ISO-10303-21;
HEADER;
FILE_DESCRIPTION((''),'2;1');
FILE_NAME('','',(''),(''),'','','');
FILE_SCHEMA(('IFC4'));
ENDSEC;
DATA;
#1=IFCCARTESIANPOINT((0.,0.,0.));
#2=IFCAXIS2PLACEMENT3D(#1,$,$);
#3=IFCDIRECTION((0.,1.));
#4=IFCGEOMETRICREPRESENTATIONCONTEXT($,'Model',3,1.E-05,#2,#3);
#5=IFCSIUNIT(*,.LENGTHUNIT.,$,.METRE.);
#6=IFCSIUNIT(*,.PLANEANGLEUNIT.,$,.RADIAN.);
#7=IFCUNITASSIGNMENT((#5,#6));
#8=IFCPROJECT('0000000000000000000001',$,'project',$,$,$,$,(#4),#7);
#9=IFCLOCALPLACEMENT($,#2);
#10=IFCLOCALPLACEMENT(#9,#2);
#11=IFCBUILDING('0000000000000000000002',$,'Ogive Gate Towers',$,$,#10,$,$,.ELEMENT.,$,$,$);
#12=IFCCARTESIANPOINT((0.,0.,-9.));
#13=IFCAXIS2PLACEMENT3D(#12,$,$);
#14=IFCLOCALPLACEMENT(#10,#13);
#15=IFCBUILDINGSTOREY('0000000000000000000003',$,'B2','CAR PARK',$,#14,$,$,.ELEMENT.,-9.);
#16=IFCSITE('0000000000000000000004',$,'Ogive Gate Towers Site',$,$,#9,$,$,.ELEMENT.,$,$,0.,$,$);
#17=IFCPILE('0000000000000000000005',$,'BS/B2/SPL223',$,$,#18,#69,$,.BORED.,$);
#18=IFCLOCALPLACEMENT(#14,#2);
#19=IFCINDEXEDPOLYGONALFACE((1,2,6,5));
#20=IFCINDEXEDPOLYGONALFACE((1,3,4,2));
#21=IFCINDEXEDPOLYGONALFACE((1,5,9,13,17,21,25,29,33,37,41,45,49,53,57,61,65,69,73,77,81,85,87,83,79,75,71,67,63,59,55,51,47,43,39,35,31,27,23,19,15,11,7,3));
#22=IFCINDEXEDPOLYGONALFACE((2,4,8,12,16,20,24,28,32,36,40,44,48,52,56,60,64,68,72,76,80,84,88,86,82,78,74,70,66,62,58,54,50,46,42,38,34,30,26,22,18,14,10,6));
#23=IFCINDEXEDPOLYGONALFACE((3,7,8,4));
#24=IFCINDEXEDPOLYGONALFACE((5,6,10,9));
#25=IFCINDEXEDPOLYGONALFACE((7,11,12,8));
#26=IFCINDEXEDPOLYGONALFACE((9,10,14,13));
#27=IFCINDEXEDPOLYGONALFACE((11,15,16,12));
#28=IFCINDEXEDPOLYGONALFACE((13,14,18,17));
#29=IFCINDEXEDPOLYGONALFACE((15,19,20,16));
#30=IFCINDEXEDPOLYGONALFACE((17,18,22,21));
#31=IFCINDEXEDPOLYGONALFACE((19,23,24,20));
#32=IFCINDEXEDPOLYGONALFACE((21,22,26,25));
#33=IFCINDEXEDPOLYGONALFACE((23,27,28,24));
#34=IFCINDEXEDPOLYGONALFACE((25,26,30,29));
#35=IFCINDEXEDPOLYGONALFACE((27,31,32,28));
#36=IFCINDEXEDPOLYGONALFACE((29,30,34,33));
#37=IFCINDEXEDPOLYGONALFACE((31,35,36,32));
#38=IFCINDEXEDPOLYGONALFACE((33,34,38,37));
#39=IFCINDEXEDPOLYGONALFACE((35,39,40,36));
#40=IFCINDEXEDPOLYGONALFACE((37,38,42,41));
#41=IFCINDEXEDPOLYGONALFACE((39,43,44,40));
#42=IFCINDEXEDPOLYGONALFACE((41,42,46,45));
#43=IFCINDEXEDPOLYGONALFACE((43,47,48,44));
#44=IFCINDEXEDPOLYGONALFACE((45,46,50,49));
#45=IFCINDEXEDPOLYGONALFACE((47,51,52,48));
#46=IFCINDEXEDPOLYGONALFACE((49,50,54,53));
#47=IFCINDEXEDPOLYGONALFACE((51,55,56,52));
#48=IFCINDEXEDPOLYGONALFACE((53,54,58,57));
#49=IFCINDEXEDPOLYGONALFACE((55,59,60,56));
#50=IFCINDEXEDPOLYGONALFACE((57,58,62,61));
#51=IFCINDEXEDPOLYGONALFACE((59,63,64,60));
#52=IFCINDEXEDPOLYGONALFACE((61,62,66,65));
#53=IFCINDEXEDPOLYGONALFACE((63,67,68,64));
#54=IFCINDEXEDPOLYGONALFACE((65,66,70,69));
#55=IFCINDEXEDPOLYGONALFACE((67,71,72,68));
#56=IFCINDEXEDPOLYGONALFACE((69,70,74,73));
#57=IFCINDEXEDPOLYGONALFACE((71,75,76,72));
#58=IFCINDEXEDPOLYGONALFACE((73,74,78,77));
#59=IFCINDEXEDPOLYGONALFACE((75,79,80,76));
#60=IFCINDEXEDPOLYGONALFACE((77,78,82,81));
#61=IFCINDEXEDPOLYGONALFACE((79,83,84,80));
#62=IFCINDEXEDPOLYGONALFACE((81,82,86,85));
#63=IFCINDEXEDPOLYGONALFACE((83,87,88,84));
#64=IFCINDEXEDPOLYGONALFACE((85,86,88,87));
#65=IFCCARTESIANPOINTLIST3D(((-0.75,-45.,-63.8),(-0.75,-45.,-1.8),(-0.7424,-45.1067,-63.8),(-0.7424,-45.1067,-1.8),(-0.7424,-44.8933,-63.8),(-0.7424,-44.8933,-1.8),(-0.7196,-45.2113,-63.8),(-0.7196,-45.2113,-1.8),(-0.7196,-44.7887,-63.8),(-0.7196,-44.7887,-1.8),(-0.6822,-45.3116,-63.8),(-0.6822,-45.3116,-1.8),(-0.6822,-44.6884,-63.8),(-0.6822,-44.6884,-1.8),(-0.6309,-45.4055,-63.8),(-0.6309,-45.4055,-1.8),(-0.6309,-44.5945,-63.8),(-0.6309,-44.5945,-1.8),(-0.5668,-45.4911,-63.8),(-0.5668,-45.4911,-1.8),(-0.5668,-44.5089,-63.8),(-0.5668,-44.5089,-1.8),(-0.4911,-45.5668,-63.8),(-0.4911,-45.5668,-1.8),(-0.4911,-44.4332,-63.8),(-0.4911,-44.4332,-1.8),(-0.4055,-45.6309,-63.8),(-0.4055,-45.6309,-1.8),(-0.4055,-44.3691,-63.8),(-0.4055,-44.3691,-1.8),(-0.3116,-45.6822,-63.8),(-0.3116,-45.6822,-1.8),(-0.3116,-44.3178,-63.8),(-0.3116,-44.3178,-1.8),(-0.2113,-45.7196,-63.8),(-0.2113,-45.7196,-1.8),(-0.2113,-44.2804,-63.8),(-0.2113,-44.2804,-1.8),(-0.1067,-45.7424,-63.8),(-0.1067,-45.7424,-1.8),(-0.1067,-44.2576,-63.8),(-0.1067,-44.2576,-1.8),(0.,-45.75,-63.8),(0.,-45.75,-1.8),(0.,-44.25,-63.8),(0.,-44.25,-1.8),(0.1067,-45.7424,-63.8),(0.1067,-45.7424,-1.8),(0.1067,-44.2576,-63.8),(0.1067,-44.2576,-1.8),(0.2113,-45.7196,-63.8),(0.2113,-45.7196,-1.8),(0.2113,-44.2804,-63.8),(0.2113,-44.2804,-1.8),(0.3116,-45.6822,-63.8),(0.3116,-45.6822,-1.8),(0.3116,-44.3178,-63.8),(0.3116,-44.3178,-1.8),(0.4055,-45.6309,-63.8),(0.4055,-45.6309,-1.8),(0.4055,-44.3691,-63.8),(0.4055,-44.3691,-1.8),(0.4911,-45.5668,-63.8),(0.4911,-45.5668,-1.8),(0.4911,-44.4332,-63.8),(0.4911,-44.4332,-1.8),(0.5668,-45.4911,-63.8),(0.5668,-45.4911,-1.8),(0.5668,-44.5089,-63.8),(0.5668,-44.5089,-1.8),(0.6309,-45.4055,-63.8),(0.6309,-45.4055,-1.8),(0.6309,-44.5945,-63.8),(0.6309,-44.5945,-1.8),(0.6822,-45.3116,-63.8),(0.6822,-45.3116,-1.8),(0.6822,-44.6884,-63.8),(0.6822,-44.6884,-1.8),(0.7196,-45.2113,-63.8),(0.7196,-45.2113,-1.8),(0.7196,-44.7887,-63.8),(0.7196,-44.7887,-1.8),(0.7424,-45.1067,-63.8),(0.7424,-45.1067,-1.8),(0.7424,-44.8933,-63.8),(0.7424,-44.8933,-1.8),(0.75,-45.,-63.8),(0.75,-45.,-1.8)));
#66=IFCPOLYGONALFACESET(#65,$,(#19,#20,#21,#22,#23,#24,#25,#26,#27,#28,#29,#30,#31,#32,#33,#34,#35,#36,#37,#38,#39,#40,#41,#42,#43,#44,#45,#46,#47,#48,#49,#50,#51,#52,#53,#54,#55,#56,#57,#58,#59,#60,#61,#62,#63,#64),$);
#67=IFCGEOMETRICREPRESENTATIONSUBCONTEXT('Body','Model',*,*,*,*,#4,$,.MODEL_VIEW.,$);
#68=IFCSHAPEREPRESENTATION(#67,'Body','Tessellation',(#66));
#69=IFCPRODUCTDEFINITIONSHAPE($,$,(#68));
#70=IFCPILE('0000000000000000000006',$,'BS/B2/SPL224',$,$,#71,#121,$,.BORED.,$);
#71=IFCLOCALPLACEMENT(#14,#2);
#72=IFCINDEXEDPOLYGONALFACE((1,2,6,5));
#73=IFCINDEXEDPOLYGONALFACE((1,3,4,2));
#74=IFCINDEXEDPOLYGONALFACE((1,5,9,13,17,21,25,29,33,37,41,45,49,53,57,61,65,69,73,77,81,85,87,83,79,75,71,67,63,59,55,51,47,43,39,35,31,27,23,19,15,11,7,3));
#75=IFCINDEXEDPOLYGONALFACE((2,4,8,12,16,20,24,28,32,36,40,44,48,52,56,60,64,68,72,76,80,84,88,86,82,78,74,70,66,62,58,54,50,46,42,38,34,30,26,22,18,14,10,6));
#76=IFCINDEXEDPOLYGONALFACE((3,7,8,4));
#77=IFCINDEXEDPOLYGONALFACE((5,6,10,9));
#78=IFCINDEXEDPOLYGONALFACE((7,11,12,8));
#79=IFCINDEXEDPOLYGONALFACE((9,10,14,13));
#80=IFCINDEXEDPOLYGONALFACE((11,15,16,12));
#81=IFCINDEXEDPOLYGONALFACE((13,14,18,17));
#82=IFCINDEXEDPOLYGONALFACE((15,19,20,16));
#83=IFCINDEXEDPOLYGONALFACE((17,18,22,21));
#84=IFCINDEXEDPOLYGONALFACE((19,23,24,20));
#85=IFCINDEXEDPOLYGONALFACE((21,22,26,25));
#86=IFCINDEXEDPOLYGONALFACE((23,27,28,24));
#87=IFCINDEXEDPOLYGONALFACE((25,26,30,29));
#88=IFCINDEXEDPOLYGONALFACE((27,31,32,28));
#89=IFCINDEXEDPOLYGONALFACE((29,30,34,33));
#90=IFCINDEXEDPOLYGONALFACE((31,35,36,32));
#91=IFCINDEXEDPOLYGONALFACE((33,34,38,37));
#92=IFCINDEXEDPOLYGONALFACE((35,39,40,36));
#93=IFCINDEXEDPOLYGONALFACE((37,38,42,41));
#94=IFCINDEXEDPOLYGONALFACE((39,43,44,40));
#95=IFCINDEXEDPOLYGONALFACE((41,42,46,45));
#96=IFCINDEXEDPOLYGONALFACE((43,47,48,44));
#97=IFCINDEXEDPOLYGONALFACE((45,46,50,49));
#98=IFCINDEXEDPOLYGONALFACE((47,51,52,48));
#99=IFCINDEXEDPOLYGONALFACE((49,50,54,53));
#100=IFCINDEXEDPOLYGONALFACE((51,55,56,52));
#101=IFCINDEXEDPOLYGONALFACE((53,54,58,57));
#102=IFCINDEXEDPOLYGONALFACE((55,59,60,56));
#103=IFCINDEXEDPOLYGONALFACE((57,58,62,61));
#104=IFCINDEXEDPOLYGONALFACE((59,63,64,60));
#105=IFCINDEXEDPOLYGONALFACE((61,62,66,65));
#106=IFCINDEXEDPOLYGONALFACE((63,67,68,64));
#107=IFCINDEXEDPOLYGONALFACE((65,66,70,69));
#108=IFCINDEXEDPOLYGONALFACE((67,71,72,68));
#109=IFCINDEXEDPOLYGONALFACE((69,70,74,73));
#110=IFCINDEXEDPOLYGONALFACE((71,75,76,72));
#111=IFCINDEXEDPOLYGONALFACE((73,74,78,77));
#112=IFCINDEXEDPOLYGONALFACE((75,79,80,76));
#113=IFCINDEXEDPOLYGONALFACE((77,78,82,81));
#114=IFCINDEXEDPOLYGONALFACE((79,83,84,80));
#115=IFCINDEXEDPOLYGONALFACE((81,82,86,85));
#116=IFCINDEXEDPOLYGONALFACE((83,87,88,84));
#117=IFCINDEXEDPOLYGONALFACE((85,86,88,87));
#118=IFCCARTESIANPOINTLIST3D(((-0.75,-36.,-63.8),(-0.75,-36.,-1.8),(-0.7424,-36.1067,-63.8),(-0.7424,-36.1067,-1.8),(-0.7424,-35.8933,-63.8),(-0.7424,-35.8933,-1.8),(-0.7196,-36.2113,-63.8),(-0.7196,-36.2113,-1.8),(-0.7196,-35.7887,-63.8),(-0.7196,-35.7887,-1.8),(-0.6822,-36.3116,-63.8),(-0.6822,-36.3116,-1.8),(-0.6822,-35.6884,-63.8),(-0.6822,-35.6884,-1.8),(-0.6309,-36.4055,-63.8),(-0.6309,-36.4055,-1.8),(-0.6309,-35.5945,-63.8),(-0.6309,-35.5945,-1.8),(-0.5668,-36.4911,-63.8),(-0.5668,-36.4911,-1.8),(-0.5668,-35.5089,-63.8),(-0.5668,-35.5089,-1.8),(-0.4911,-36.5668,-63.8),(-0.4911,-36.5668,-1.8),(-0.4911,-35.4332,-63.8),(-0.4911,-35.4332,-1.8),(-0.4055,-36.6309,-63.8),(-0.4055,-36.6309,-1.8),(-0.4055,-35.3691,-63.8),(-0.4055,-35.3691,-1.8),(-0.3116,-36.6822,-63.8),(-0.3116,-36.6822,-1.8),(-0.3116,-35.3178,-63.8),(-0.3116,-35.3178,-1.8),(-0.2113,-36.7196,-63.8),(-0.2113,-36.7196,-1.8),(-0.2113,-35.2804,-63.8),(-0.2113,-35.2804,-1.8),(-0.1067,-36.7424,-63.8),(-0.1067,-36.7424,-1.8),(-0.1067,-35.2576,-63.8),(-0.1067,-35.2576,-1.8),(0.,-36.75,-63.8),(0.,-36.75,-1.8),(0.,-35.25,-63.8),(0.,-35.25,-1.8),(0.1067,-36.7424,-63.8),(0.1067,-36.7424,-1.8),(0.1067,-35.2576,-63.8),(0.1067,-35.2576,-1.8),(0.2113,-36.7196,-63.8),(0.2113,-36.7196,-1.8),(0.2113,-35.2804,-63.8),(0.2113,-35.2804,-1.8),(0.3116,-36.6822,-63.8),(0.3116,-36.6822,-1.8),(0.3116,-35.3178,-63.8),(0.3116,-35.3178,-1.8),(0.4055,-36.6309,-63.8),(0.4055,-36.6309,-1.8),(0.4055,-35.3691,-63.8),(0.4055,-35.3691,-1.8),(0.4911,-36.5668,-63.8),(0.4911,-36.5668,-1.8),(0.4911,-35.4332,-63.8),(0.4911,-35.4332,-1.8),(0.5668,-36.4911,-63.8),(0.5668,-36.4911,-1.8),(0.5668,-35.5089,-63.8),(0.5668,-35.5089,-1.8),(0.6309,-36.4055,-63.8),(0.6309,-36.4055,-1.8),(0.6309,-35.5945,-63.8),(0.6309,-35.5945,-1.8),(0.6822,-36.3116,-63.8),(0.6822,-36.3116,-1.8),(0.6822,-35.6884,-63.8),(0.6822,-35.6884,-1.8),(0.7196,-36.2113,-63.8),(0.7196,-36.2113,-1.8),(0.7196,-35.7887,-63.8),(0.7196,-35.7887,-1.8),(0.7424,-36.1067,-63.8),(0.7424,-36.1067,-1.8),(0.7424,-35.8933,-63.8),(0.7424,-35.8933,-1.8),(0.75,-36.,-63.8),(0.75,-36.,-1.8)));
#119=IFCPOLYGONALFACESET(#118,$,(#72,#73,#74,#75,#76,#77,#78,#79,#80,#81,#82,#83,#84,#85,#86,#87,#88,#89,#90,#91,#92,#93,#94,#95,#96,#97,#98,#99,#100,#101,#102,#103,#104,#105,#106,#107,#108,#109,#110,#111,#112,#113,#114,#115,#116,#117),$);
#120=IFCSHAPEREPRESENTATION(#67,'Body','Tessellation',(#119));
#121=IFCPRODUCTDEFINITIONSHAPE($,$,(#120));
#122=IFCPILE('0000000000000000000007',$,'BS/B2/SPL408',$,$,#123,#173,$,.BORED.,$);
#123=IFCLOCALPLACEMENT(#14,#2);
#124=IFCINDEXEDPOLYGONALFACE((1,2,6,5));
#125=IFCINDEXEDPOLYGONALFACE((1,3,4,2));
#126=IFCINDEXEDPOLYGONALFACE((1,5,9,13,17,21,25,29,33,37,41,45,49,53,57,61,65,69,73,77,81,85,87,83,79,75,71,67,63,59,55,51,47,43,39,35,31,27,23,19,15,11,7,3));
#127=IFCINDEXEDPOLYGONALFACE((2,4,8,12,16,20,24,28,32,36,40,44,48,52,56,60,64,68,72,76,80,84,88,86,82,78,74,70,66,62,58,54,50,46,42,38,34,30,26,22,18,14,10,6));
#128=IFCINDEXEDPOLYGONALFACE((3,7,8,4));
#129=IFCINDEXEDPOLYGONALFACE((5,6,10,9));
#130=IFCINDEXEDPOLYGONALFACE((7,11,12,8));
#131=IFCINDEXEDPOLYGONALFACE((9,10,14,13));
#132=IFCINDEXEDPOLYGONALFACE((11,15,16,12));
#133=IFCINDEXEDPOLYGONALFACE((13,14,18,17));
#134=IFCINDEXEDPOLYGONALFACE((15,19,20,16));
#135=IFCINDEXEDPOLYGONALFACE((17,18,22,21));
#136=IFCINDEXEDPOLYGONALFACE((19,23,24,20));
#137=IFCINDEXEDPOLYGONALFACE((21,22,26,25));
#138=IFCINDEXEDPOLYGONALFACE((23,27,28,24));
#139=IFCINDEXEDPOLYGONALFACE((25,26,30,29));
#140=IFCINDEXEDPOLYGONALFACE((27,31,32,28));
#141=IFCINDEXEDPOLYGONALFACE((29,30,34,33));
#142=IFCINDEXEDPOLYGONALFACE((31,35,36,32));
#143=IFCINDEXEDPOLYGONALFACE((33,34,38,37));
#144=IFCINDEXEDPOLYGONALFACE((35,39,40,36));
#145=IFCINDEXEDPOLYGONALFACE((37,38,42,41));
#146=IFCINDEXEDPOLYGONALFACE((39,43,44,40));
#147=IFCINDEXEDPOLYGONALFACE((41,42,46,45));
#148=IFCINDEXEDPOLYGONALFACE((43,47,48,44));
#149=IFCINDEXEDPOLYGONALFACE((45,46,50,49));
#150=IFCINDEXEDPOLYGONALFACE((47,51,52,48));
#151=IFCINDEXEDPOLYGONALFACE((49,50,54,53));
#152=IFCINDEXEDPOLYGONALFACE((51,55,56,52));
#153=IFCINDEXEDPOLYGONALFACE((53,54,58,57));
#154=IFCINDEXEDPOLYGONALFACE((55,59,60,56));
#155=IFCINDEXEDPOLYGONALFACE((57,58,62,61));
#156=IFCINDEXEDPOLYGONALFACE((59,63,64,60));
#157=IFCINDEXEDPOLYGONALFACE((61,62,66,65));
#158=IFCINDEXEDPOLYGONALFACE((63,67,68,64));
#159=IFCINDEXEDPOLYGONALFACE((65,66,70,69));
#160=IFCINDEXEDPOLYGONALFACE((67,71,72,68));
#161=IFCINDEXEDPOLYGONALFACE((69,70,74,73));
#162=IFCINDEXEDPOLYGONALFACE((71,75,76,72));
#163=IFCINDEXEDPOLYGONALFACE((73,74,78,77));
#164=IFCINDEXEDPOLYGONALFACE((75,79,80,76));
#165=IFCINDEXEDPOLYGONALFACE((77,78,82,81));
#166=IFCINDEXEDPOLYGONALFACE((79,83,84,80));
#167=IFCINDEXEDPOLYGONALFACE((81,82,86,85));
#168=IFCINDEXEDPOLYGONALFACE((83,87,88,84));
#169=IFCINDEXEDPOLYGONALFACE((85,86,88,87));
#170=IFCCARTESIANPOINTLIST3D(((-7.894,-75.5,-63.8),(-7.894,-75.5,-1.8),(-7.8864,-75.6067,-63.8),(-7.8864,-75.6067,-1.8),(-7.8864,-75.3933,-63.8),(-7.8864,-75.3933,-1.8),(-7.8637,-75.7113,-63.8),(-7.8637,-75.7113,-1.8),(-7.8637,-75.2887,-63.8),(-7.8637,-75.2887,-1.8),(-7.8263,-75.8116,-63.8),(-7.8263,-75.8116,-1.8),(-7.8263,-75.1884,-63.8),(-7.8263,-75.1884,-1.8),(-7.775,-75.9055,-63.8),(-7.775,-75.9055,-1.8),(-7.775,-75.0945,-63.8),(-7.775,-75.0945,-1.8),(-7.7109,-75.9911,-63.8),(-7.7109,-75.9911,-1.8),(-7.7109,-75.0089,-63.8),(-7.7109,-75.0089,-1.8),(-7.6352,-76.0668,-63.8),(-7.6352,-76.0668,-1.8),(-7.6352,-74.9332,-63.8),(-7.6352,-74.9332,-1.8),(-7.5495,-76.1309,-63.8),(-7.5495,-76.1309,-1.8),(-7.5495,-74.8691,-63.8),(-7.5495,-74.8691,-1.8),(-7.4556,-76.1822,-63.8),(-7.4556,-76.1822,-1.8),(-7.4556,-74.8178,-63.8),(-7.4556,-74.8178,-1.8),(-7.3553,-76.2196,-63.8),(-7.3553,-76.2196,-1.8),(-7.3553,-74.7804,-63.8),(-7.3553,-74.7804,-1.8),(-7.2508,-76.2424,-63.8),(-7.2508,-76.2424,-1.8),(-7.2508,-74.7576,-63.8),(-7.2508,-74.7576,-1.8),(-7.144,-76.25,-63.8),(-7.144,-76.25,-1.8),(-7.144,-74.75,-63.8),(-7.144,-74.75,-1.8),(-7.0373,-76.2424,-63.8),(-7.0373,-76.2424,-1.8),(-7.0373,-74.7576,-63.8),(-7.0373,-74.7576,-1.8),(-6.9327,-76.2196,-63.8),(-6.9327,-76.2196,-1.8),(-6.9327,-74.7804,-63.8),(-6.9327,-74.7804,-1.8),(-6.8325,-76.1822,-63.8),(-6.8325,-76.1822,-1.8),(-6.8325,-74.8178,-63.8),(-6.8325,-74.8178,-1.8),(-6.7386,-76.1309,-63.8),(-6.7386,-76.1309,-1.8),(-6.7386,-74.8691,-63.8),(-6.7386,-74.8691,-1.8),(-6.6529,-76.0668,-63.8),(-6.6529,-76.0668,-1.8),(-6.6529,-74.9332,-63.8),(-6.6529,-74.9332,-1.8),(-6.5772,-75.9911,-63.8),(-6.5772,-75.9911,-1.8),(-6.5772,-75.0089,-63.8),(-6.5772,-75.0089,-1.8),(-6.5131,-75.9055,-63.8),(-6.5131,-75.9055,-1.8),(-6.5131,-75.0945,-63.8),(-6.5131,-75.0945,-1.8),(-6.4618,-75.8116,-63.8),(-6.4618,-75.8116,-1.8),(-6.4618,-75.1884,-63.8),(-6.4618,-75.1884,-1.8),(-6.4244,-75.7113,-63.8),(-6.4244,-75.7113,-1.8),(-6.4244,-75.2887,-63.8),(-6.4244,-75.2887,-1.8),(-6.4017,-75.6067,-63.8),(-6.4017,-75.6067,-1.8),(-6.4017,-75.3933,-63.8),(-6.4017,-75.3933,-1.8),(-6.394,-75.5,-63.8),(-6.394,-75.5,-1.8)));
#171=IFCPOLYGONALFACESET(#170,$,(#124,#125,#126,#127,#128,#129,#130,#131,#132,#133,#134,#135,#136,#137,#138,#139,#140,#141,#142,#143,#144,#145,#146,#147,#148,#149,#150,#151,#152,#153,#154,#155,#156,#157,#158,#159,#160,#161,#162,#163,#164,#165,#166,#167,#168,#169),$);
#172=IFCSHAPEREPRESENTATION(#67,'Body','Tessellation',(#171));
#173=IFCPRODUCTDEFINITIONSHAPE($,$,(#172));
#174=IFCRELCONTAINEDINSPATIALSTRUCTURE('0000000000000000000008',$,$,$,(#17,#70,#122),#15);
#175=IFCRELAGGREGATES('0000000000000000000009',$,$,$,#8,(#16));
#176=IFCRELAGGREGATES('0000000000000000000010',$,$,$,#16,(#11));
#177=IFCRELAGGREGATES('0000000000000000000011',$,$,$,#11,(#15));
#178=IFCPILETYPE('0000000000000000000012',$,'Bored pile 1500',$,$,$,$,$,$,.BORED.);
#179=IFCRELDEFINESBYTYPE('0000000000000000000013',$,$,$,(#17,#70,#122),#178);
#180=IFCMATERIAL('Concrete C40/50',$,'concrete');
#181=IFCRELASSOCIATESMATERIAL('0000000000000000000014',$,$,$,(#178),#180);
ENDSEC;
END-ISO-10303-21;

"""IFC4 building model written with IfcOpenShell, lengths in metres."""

from ifc_helpers import new_model, si_unit, direction, frame, origin, origin_2d, place, context, subcontext, project, spatial, circle, extrude, material, material_profile, profile_set, type_object, element, save


model = new_model("IFC4")

# Units and contexts
model_context = context("Model", 3, precision=1e-05, world=origin(), true_north=direction((0.0, 1.0)))
body_context = subcontext(model_context, "Body", "Model", "MODEL_VIEW")
ifc_project = project(units=[si_unit("LENGTHUNIT", "METRE"), si_unit("PLANEANGLEUNIT", "RADIAN")], contexts=[model_context])

# Site, building, storey
site_placement = place(None, origin())
site = spatial("IfcSite", under=ifc_project, at=site_placement, Name="Ogive Gate Towers Site", CompositionType="ELEMENT", RefElevation=0.0)
building_placement = place(site_placement, origin())
building = spatial("IfcBuilding", under=site, at=building_placement, Name="Ogive Gate Towers", CompositionType="ELEMENT")
storey_placement = place(building_placement, frame((0.0, 0.0, -9.0)))
storey = spatial("IfcBuildingStorey", under=building, at=storey_placement, Name="B2", Description="CAR PARK", CompositionType="ELEMENT", Elevation=-9.0)

# Piles
ifc_material_1 = material(Name="Concrete C40/50", Category="concrete")
ifc_material_profile_1 = material_profile(ifc_material_1, circle(Radius=0.75, at=origin_2d()), Name="BP 1500")
ifc_profile_set_1 = profile_set([ifc_material_profile_1], Name="Concrete C40/50")
pile_type = type_object("IfcPileType", Name="Bored pile 1500", PredefinedType="BORED", material=ifc_profile_set_1)
for number, where, z_axis, x_axis, name in (
    (1, (0.0, -45.0, -1.8), (0.0, 0.0, -1.0), (1.0, 0.0, 0.0), "BS/B2/SPL223"),
    (2, (0.0, -36.0, -1.8), (0.0, 0.0, -1.0), (1.0, 0.0, 0.0), "BS/B2/SPL224"),
    (3, (-7.144, -75.5, -1.8), (0.0, 0.0, -1.0), (1.0, 0.0, 0.0), "BS/B2/SPL408"),
):
    element("IfcPile", number, at=place(storey_placement, frame(where, z_axis=z_axis, x_axis=x_axis)), inside=storey, type_object=pile_type, Name=name, PredefinedType="BORED", context=body_context, shape_type="SweptSolid", body=[
        extrude(circle(Radius=0.75, at=origin_2d()), origin(), (0.0, 0.0, 1.0), 62.0),
    ])

save(model, "model.ifc")
